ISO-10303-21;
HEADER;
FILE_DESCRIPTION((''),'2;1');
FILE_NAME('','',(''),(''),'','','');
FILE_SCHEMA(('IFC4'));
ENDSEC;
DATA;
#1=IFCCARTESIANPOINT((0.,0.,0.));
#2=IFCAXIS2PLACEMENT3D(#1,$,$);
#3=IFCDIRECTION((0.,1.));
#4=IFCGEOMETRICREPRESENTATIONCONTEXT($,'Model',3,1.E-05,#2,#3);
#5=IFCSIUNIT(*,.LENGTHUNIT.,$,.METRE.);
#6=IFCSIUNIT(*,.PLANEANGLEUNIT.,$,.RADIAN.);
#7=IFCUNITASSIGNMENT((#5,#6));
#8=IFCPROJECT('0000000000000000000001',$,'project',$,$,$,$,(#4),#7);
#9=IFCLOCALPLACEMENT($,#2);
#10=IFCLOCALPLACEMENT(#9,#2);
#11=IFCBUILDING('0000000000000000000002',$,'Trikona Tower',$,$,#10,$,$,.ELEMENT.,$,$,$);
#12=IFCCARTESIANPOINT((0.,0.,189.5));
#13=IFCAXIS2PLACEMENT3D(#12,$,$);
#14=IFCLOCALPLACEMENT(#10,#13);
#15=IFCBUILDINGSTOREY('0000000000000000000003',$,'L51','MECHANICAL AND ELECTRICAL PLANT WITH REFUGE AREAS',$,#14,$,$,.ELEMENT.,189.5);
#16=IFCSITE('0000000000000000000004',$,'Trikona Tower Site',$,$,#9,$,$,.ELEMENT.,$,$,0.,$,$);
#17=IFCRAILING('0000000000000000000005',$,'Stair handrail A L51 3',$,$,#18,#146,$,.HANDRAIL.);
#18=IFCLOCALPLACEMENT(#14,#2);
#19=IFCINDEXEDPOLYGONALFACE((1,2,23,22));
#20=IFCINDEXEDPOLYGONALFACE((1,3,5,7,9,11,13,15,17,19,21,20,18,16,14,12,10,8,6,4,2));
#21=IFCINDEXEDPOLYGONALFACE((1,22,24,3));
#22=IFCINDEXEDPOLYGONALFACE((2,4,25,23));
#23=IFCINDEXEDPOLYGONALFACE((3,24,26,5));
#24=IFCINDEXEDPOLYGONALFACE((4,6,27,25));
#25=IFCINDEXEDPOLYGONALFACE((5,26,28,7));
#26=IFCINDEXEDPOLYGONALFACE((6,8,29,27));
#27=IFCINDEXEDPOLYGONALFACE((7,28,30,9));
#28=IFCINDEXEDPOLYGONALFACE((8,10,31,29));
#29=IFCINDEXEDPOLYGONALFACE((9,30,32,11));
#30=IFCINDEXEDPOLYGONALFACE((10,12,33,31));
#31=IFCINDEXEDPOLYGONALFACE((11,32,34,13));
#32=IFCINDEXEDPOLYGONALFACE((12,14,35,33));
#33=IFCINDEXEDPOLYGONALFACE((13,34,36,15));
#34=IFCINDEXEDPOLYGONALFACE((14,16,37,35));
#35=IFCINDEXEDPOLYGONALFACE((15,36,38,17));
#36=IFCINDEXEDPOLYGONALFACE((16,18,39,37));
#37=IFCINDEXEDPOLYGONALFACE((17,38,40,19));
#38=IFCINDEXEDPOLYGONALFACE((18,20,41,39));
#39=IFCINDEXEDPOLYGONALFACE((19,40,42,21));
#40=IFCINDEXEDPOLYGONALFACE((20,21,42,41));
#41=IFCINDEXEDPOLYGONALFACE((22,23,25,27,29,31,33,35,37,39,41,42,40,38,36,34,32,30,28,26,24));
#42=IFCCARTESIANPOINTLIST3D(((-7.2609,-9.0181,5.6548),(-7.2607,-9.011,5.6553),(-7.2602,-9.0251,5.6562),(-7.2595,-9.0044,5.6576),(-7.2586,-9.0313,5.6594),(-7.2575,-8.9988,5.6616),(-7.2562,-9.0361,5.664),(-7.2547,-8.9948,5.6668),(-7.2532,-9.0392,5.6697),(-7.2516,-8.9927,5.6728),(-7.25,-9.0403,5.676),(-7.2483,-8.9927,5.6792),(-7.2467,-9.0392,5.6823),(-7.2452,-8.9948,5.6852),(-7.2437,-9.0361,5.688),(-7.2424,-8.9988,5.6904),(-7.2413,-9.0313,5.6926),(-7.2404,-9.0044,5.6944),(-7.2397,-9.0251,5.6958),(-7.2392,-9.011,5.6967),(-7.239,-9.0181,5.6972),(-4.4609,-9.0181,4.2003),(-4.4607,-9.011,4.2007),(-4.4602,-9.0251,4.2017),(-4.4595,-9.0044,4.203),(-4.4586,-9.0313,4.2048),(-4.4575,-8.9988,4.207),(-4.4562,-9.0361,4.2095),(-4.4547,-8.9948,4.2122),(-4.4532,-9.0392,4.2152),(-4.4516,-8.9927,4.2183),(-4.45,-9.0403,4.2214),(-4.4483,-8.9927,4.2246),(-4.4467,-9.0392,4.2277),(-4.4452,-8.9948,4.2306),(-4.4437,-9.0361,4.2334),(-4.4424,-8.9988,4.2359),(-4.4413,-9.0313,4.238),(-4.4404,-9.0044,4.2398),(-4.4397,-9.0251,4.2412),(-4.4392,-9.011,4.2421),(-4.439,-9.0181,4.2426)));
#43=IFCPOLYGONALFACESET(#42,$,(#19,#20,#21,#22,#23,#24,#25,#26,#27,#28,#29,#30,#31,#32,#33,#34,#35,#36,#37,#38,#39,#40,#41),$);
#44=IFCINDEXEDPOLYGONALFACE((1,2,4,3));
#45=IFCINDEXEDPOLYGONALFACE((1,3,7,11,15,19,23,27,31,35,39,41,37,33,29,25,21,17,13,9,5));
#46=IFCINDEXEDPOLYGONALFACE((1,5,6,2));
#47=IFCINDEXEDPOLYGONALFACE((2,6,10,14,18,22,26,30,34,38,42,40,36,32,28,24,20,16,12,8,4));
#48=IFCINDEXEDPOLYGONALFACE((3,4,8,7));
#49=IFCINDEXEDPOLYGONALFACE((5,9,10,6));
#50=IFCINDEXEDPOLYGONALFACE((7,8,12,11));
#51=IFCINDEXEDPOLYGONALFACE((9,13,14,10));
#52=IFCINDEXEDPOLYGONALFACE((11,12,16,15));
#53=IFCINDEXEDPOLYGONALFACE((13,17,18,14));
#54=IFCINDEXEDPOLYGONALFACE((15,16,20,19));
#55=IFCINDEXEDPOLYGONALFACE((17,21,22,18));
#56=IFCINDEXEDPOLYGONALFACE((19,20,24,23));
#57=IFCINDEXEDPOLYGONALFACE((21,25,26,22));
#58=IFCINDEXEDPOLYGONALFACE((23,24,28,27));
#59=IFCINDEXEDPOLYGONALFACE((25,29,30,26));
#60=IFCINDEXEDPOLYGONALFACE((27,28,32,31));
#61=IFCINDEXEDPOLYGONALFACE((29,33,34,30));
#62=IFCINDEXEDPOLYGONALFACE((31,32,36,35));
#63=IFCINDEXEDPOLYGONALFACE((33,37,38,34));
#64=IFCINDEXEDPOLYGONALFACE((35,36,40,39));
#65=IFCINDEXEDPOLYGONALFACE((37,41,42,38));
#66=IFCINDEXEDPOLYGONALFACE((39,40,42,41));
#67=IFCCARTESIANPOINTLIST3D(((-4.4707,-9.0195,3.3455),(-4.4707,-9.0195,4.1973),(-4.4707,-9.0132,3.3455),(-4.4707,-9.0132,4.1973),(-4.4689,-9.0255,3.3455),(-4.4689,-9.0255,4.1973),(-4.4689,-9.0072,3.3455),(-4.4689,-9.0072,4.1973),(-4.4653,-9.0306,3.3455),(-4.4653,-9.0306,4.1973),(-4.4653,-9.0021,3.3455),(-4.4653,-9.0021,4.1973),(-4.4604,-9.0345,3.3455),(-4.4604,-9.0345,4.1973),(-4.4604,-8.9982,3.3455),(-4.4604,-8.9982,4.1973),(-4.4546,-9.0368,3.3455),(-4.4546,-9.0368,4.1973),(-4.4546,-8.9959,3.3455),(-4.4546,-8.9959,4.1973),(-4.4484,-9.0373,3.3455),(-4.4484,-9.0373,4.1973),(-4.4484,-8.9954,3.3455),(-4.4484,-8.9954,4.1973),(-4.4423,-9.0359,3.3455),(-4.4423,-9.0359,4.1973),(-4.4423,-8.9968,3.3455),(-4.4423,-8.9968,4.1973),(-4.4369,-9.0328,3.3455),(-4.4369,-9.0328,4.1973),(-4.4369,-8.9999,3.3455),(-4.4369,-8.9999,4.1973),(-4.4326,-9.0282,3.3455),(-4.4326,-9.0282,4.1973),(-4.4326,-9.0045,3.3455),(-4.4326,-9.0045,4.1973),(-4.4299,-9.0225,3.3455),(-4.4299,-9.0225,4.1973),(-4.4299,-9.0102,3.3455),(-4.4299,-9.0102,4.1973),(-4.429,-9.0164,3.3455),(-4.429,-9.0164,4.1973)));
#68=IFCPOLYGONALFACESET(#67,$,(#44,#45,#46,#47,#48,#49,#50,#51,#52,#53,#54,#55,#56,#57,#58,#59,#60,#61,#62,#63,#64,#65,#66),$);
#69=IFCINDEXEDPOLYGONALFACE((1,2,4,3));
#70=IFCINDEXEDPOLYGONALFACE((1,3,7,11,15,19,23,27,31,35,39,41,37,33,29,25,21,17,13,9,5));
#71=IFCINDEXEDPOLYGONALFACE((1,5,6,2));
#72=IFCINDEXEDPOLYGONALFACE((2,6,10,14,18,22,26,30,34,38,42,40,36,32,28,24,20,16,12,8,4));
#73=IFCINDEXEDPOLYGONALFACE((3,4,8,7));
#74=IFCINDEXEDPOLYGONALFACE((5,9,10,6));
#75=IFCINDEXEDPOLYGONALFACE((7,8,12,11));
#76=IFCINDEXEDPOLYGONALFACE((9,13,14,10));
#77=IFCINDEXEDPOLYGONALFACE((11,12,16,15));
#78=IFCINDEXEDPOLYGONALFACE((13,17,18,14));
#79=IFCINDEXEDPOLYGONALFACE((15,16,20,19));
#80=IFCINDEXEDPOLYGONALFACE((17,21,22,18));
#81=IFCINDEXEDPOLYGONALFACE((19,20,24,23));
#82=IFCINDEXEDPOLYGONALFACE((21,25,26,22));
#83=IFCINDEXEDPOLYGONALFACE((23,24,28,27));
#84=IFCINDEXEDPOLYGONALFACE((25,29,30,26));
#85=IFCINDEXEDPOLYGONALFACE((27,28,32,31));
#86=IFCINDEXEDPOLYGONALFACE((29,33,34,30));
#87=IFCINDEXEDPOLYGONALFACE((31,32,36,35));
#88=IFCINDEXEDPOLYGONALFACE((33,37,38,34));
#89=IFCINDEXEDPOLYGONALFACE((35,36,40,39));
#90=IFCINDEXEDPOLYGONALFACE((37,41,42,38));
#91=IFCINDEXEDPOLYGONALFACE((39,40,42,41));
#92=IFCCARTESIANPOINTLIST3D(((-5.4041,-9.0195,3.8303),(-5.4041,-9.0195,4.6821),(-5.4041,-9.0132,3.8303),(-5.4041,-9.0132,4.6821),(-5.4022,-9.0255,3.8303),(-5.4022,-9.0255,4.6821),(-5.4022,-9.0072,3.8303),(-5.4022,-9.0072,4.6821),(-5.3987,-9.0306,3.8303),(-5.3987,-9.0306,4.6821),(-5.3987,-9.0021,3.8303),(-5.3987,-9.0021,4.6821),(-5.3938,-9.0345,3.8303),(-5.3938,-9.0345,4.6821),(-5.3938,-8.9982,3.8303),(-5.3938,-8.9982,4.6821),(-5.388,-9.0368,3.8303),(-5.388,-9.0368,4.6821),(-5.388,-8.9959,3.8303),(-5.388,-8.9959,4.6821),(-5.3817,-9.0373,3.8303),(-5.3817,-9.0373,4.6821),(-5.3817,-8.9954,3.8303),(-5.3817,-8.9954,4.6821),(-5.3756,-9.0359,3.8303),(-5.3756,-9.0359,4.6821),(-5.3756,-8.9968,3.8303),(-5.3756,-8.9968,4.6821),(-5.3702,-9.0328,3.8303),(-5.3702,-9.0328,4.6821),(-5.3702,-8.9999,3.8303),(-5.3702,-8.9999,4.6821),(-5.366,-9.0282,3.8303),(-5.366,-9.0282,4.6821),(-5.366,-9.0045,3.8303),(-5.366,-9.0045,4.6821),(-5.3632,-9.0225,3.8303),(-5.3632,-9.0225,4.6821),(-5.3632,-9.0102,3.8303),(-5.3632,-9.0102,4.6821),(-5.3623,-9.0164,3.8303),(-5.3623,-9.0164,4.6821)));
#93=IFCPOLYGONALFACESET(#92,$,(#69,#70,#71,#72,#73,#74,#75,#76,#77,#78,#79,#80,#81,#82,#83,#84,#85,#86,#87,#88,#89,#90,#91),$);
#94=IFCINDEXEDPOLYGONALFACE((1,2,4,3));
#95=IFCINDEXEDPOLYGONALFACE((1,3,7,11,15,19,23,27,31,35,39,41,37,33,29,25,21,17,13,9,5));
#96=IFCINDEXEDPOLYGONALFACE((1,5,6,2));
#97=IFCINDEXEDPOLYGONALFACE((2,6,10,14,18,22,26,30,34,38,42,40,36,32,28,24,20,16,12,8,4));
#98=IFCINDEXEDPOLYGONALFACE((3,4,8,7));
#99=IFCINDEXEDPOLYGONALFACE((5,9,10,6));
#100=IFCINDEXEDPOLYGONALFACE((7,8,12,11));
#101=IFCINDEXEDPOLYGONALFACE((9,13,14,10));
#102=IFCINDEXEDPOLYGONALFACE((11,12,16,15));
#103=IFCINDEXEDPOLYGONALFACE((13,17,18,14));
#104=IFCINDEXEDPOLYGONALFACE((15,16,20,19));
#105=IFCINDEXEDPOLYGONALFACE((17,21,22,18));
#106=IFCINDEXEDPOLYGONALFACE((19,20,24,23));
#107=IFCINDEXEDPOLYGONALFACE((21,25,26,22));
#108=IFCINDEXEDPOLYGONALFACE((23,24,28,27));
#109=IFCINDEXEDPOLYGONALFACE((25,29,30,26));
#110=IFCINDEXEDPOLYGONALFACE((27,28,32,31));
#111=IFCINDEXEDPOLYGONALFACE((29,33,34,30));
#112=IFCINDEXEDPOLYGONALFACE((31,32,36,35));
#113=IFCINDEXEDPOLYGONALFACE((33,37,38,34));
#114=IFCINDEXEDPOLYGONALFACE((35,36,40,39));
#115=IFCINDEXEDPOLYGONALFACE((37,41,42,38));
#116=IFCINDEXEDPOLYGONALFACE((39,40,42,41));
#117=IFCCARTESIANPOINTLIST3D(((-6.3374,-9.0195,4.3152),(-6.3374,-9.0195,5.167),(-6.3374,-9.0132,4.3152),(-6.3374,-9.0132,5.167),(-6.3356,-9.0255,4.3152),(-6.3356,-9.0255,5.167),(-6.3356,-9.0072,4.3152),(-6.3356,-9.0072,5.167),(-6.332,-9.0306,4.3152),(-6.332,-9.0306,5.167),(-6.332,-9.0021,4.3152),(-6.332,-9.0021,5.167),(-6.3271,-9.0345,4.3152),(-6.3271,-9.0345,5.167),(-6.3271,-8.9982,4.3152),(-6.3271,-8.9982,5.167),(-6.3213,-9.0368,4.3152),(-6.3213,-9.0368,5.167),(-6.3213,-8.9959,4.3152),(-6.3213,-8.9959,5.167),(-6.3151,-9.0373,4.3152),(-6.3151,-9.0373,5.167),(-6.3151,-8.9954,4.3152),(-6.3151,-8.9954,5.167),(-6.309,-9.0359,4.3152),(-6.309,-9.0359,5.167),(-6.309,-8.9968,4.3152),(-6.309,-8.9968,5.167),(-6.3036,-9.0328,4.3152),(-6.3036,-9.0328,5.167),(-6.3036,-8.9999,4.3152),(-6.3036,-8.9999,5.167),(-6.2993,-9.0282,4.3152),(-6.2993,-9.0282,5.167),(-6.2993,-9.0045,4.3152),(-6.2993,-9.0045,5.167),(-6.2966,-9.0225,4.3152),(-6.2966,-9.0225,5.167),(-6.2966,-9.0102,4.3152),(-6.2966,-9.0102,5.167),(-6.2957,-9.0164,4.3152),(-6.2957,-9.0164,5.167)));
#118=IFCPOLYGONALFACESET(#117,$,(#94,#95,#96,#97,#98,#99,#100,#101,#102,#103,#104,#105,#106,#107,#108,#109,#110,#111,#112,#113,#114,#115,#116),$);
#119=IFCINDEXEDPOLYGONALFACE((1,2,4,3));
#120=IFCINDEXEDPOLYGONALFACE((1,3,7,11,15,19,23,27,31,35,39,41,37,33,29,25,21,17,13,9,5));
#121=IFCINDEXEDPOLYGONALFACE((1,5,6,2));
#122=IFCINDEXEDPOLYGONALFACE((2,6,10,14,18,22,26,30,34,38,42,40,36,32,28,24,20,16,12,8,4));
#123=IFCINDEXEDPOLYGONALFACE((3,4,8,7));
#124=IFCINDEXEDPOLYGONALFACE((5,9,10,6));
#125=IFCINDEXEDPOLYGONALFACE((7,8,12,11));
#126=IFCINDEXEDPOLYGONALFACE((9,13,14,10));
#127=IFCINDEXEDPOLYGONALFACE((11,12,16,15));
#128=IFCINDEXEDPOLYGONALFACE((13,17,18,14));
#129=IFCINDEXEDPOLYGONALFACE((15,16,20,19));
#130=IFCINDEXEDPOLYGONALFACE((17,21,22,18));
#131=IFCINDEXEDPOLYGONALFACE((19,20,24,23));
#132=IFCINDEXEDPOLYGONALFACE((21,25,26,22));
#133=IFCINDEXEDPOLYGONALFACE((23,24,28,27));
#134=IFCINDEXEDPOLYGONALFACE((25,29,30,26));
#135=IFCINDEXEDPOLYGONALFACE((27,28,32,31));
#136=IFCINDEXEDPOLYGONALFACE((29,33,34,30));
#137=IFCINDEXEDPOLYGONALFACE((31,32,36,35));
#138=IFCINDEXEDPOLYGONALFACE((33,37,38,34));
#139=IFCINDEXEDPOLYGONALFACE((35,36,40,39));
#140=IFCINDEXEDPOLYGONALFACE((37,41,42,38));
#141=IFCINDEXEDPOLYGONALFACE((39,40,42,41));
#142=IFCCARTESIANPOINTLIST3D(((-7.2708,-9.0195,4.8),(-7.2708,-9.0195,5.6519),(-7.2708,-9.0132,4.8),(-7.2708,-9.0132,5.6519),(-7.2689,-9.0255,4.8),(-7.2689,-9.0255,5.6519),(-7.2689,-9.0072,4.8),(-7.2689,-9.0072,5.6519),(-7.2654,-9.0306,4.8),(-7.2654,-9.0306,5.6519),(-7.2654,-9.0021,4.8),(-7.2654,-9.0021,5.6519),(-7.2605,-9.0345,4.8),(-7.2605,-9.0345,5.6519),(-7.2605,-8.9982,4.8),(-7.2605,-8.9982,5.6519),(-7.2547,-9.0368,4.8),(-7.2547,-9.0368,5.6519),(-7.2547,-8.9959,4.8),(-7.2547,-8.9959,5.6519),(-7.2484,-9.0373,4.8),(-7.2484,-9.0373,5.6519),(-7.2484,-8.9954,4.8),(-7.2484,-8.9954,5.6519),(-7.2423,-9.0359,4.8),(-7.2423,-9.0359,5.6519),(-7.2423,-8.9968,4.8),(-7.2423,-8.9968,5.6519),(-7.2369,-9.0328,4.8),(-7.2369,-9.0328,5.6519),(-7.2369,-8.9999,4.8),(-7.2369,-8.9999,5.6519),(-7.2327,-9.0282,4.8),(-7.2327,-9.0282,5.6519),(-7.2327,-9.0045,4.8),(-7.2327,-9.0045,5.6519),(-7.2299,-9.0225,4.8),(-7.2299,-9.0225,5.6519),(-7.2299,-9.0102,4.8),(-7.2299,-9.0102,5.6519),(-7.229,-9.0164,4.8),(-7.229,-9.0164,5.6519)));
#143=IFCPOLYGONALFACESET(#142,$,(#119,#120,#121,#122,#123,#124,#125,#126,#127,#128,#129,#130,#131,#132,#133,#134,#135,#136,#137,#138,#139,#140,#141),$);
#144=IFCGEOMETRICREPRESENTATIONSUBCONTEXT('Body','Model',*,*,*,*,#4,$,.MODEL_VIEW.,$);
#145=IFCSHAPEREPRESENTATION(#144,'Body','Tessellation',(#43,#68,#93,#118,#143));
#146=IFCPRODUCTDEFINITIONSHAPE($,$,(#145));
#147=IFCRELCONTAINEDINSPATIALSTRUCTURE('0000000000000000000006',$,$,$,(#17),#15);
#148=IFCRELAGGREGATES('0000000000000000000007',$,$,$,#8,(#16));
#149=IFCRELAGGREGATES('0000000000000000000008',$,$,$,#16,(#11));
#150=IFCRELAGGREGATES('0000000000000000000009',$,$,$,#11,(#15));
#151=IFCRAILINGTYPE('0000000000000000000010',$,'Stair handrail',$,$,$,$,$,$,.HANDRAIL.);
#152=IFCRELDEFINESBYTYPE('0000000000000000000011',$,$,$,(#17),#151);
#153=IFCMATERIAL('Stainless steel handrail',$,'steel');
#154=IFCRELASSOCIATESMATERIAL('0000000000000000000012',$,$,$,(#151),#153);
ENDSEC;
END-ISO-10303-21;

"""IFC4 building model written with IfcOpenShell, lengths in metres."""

from ifc_helpers import new_model, si_unit, direction, frame, origin, origin_2d, place, context, subcontext, project, spatial, circle, extrude, material, type_object, element, save


model = new_model("IFC4")

# Units and contexts
model_context = context("Model", 3, precision=1e-05, world=origin(), true_north=direction((0.0, 1.0)))
body_context = subcontext(model_context, "Body", "Model", "MODEL_VIEW")
ifc_project = project(units=[si_unit("LENGTHUNIT", "METRE"), si_unit("PLANEANGLEUNIT", "RADIAN")], contexts=[model_context])

# Site, building, storey
site_placement = place(None, origin())
site = spatial("IfcSite", under=ifc_project, at=site_placement, Name="Trikona Tower Site", CompositionType="ELEMENT", RefElevation=0.0)
building_placement = place(site_placement, origin())
building = spatial("IfcBuilding", under=site, at=building_placement, Name="Trikona Tower", CompositionType="ELEMENT")
storey_placement = place(building_placement, frame((0.0, 0.0, 189.5)))
storey = spatial("IfcBuildingStorey", under=building, at=storey_placement, Name="L51", Description="MECHANICAL AND ELECTRICAL PLANT WITH REFUGE AREAS", CompositionType="ELEMENT", Elevation=189.5)

# Railing
ifc_material_1 = material(Name="Stainless steel handrail", Category="steel")
railing_type = type_object("IfcRailingType", Name="Stair handrail", PredefinedType="HANDRAIL", material=ifc_material_1)
railing_1_placement = place(storey_placement, frame((-4.45, -9.0164, 3.3455)))
element("IfcRailing", 1, at=railing_1_placement, inside=storey, type_object=railing_type, Name="Stair handrail A L51 3", PredefinedType="HANDRAIL", context=body_context, shape_type="SweptSolid", body=[
    extrude(circle(Radius=0.0239, at=origin_2d()), frame((0.0, 0.0, 0.876), z_axis=(-0.887403, 0.0, 0.460995), x_axis=(0.0, -1.0, 0.0)), (0.0, 0.0, 1.0), 3.1553),
    extrude(circle(Radius=0.021, at=origin_2d()), origin(), (0.0, 0.0, 1.0), 0.8518),
    extrude(circle(Radius=0.021, at=origin_2d()), frame((-0.9333, 0.0, 0.4849)), (0.0, 0.0, 1.0), 0.8518),
    extrude(circle(Radius=0.021, at=origin_2d()), frame((-1.8667, 0.0, 0.9697)), (0.0, 0.0, 1.0), 0.8518),
    extrude(circle(Radius=0.021, at=origin_2d()), frame((-2.8, 0.0, 1.4546)), (0.0, 0.0, 1.0), 0.8518),
])

save(model, "model.ifc")
